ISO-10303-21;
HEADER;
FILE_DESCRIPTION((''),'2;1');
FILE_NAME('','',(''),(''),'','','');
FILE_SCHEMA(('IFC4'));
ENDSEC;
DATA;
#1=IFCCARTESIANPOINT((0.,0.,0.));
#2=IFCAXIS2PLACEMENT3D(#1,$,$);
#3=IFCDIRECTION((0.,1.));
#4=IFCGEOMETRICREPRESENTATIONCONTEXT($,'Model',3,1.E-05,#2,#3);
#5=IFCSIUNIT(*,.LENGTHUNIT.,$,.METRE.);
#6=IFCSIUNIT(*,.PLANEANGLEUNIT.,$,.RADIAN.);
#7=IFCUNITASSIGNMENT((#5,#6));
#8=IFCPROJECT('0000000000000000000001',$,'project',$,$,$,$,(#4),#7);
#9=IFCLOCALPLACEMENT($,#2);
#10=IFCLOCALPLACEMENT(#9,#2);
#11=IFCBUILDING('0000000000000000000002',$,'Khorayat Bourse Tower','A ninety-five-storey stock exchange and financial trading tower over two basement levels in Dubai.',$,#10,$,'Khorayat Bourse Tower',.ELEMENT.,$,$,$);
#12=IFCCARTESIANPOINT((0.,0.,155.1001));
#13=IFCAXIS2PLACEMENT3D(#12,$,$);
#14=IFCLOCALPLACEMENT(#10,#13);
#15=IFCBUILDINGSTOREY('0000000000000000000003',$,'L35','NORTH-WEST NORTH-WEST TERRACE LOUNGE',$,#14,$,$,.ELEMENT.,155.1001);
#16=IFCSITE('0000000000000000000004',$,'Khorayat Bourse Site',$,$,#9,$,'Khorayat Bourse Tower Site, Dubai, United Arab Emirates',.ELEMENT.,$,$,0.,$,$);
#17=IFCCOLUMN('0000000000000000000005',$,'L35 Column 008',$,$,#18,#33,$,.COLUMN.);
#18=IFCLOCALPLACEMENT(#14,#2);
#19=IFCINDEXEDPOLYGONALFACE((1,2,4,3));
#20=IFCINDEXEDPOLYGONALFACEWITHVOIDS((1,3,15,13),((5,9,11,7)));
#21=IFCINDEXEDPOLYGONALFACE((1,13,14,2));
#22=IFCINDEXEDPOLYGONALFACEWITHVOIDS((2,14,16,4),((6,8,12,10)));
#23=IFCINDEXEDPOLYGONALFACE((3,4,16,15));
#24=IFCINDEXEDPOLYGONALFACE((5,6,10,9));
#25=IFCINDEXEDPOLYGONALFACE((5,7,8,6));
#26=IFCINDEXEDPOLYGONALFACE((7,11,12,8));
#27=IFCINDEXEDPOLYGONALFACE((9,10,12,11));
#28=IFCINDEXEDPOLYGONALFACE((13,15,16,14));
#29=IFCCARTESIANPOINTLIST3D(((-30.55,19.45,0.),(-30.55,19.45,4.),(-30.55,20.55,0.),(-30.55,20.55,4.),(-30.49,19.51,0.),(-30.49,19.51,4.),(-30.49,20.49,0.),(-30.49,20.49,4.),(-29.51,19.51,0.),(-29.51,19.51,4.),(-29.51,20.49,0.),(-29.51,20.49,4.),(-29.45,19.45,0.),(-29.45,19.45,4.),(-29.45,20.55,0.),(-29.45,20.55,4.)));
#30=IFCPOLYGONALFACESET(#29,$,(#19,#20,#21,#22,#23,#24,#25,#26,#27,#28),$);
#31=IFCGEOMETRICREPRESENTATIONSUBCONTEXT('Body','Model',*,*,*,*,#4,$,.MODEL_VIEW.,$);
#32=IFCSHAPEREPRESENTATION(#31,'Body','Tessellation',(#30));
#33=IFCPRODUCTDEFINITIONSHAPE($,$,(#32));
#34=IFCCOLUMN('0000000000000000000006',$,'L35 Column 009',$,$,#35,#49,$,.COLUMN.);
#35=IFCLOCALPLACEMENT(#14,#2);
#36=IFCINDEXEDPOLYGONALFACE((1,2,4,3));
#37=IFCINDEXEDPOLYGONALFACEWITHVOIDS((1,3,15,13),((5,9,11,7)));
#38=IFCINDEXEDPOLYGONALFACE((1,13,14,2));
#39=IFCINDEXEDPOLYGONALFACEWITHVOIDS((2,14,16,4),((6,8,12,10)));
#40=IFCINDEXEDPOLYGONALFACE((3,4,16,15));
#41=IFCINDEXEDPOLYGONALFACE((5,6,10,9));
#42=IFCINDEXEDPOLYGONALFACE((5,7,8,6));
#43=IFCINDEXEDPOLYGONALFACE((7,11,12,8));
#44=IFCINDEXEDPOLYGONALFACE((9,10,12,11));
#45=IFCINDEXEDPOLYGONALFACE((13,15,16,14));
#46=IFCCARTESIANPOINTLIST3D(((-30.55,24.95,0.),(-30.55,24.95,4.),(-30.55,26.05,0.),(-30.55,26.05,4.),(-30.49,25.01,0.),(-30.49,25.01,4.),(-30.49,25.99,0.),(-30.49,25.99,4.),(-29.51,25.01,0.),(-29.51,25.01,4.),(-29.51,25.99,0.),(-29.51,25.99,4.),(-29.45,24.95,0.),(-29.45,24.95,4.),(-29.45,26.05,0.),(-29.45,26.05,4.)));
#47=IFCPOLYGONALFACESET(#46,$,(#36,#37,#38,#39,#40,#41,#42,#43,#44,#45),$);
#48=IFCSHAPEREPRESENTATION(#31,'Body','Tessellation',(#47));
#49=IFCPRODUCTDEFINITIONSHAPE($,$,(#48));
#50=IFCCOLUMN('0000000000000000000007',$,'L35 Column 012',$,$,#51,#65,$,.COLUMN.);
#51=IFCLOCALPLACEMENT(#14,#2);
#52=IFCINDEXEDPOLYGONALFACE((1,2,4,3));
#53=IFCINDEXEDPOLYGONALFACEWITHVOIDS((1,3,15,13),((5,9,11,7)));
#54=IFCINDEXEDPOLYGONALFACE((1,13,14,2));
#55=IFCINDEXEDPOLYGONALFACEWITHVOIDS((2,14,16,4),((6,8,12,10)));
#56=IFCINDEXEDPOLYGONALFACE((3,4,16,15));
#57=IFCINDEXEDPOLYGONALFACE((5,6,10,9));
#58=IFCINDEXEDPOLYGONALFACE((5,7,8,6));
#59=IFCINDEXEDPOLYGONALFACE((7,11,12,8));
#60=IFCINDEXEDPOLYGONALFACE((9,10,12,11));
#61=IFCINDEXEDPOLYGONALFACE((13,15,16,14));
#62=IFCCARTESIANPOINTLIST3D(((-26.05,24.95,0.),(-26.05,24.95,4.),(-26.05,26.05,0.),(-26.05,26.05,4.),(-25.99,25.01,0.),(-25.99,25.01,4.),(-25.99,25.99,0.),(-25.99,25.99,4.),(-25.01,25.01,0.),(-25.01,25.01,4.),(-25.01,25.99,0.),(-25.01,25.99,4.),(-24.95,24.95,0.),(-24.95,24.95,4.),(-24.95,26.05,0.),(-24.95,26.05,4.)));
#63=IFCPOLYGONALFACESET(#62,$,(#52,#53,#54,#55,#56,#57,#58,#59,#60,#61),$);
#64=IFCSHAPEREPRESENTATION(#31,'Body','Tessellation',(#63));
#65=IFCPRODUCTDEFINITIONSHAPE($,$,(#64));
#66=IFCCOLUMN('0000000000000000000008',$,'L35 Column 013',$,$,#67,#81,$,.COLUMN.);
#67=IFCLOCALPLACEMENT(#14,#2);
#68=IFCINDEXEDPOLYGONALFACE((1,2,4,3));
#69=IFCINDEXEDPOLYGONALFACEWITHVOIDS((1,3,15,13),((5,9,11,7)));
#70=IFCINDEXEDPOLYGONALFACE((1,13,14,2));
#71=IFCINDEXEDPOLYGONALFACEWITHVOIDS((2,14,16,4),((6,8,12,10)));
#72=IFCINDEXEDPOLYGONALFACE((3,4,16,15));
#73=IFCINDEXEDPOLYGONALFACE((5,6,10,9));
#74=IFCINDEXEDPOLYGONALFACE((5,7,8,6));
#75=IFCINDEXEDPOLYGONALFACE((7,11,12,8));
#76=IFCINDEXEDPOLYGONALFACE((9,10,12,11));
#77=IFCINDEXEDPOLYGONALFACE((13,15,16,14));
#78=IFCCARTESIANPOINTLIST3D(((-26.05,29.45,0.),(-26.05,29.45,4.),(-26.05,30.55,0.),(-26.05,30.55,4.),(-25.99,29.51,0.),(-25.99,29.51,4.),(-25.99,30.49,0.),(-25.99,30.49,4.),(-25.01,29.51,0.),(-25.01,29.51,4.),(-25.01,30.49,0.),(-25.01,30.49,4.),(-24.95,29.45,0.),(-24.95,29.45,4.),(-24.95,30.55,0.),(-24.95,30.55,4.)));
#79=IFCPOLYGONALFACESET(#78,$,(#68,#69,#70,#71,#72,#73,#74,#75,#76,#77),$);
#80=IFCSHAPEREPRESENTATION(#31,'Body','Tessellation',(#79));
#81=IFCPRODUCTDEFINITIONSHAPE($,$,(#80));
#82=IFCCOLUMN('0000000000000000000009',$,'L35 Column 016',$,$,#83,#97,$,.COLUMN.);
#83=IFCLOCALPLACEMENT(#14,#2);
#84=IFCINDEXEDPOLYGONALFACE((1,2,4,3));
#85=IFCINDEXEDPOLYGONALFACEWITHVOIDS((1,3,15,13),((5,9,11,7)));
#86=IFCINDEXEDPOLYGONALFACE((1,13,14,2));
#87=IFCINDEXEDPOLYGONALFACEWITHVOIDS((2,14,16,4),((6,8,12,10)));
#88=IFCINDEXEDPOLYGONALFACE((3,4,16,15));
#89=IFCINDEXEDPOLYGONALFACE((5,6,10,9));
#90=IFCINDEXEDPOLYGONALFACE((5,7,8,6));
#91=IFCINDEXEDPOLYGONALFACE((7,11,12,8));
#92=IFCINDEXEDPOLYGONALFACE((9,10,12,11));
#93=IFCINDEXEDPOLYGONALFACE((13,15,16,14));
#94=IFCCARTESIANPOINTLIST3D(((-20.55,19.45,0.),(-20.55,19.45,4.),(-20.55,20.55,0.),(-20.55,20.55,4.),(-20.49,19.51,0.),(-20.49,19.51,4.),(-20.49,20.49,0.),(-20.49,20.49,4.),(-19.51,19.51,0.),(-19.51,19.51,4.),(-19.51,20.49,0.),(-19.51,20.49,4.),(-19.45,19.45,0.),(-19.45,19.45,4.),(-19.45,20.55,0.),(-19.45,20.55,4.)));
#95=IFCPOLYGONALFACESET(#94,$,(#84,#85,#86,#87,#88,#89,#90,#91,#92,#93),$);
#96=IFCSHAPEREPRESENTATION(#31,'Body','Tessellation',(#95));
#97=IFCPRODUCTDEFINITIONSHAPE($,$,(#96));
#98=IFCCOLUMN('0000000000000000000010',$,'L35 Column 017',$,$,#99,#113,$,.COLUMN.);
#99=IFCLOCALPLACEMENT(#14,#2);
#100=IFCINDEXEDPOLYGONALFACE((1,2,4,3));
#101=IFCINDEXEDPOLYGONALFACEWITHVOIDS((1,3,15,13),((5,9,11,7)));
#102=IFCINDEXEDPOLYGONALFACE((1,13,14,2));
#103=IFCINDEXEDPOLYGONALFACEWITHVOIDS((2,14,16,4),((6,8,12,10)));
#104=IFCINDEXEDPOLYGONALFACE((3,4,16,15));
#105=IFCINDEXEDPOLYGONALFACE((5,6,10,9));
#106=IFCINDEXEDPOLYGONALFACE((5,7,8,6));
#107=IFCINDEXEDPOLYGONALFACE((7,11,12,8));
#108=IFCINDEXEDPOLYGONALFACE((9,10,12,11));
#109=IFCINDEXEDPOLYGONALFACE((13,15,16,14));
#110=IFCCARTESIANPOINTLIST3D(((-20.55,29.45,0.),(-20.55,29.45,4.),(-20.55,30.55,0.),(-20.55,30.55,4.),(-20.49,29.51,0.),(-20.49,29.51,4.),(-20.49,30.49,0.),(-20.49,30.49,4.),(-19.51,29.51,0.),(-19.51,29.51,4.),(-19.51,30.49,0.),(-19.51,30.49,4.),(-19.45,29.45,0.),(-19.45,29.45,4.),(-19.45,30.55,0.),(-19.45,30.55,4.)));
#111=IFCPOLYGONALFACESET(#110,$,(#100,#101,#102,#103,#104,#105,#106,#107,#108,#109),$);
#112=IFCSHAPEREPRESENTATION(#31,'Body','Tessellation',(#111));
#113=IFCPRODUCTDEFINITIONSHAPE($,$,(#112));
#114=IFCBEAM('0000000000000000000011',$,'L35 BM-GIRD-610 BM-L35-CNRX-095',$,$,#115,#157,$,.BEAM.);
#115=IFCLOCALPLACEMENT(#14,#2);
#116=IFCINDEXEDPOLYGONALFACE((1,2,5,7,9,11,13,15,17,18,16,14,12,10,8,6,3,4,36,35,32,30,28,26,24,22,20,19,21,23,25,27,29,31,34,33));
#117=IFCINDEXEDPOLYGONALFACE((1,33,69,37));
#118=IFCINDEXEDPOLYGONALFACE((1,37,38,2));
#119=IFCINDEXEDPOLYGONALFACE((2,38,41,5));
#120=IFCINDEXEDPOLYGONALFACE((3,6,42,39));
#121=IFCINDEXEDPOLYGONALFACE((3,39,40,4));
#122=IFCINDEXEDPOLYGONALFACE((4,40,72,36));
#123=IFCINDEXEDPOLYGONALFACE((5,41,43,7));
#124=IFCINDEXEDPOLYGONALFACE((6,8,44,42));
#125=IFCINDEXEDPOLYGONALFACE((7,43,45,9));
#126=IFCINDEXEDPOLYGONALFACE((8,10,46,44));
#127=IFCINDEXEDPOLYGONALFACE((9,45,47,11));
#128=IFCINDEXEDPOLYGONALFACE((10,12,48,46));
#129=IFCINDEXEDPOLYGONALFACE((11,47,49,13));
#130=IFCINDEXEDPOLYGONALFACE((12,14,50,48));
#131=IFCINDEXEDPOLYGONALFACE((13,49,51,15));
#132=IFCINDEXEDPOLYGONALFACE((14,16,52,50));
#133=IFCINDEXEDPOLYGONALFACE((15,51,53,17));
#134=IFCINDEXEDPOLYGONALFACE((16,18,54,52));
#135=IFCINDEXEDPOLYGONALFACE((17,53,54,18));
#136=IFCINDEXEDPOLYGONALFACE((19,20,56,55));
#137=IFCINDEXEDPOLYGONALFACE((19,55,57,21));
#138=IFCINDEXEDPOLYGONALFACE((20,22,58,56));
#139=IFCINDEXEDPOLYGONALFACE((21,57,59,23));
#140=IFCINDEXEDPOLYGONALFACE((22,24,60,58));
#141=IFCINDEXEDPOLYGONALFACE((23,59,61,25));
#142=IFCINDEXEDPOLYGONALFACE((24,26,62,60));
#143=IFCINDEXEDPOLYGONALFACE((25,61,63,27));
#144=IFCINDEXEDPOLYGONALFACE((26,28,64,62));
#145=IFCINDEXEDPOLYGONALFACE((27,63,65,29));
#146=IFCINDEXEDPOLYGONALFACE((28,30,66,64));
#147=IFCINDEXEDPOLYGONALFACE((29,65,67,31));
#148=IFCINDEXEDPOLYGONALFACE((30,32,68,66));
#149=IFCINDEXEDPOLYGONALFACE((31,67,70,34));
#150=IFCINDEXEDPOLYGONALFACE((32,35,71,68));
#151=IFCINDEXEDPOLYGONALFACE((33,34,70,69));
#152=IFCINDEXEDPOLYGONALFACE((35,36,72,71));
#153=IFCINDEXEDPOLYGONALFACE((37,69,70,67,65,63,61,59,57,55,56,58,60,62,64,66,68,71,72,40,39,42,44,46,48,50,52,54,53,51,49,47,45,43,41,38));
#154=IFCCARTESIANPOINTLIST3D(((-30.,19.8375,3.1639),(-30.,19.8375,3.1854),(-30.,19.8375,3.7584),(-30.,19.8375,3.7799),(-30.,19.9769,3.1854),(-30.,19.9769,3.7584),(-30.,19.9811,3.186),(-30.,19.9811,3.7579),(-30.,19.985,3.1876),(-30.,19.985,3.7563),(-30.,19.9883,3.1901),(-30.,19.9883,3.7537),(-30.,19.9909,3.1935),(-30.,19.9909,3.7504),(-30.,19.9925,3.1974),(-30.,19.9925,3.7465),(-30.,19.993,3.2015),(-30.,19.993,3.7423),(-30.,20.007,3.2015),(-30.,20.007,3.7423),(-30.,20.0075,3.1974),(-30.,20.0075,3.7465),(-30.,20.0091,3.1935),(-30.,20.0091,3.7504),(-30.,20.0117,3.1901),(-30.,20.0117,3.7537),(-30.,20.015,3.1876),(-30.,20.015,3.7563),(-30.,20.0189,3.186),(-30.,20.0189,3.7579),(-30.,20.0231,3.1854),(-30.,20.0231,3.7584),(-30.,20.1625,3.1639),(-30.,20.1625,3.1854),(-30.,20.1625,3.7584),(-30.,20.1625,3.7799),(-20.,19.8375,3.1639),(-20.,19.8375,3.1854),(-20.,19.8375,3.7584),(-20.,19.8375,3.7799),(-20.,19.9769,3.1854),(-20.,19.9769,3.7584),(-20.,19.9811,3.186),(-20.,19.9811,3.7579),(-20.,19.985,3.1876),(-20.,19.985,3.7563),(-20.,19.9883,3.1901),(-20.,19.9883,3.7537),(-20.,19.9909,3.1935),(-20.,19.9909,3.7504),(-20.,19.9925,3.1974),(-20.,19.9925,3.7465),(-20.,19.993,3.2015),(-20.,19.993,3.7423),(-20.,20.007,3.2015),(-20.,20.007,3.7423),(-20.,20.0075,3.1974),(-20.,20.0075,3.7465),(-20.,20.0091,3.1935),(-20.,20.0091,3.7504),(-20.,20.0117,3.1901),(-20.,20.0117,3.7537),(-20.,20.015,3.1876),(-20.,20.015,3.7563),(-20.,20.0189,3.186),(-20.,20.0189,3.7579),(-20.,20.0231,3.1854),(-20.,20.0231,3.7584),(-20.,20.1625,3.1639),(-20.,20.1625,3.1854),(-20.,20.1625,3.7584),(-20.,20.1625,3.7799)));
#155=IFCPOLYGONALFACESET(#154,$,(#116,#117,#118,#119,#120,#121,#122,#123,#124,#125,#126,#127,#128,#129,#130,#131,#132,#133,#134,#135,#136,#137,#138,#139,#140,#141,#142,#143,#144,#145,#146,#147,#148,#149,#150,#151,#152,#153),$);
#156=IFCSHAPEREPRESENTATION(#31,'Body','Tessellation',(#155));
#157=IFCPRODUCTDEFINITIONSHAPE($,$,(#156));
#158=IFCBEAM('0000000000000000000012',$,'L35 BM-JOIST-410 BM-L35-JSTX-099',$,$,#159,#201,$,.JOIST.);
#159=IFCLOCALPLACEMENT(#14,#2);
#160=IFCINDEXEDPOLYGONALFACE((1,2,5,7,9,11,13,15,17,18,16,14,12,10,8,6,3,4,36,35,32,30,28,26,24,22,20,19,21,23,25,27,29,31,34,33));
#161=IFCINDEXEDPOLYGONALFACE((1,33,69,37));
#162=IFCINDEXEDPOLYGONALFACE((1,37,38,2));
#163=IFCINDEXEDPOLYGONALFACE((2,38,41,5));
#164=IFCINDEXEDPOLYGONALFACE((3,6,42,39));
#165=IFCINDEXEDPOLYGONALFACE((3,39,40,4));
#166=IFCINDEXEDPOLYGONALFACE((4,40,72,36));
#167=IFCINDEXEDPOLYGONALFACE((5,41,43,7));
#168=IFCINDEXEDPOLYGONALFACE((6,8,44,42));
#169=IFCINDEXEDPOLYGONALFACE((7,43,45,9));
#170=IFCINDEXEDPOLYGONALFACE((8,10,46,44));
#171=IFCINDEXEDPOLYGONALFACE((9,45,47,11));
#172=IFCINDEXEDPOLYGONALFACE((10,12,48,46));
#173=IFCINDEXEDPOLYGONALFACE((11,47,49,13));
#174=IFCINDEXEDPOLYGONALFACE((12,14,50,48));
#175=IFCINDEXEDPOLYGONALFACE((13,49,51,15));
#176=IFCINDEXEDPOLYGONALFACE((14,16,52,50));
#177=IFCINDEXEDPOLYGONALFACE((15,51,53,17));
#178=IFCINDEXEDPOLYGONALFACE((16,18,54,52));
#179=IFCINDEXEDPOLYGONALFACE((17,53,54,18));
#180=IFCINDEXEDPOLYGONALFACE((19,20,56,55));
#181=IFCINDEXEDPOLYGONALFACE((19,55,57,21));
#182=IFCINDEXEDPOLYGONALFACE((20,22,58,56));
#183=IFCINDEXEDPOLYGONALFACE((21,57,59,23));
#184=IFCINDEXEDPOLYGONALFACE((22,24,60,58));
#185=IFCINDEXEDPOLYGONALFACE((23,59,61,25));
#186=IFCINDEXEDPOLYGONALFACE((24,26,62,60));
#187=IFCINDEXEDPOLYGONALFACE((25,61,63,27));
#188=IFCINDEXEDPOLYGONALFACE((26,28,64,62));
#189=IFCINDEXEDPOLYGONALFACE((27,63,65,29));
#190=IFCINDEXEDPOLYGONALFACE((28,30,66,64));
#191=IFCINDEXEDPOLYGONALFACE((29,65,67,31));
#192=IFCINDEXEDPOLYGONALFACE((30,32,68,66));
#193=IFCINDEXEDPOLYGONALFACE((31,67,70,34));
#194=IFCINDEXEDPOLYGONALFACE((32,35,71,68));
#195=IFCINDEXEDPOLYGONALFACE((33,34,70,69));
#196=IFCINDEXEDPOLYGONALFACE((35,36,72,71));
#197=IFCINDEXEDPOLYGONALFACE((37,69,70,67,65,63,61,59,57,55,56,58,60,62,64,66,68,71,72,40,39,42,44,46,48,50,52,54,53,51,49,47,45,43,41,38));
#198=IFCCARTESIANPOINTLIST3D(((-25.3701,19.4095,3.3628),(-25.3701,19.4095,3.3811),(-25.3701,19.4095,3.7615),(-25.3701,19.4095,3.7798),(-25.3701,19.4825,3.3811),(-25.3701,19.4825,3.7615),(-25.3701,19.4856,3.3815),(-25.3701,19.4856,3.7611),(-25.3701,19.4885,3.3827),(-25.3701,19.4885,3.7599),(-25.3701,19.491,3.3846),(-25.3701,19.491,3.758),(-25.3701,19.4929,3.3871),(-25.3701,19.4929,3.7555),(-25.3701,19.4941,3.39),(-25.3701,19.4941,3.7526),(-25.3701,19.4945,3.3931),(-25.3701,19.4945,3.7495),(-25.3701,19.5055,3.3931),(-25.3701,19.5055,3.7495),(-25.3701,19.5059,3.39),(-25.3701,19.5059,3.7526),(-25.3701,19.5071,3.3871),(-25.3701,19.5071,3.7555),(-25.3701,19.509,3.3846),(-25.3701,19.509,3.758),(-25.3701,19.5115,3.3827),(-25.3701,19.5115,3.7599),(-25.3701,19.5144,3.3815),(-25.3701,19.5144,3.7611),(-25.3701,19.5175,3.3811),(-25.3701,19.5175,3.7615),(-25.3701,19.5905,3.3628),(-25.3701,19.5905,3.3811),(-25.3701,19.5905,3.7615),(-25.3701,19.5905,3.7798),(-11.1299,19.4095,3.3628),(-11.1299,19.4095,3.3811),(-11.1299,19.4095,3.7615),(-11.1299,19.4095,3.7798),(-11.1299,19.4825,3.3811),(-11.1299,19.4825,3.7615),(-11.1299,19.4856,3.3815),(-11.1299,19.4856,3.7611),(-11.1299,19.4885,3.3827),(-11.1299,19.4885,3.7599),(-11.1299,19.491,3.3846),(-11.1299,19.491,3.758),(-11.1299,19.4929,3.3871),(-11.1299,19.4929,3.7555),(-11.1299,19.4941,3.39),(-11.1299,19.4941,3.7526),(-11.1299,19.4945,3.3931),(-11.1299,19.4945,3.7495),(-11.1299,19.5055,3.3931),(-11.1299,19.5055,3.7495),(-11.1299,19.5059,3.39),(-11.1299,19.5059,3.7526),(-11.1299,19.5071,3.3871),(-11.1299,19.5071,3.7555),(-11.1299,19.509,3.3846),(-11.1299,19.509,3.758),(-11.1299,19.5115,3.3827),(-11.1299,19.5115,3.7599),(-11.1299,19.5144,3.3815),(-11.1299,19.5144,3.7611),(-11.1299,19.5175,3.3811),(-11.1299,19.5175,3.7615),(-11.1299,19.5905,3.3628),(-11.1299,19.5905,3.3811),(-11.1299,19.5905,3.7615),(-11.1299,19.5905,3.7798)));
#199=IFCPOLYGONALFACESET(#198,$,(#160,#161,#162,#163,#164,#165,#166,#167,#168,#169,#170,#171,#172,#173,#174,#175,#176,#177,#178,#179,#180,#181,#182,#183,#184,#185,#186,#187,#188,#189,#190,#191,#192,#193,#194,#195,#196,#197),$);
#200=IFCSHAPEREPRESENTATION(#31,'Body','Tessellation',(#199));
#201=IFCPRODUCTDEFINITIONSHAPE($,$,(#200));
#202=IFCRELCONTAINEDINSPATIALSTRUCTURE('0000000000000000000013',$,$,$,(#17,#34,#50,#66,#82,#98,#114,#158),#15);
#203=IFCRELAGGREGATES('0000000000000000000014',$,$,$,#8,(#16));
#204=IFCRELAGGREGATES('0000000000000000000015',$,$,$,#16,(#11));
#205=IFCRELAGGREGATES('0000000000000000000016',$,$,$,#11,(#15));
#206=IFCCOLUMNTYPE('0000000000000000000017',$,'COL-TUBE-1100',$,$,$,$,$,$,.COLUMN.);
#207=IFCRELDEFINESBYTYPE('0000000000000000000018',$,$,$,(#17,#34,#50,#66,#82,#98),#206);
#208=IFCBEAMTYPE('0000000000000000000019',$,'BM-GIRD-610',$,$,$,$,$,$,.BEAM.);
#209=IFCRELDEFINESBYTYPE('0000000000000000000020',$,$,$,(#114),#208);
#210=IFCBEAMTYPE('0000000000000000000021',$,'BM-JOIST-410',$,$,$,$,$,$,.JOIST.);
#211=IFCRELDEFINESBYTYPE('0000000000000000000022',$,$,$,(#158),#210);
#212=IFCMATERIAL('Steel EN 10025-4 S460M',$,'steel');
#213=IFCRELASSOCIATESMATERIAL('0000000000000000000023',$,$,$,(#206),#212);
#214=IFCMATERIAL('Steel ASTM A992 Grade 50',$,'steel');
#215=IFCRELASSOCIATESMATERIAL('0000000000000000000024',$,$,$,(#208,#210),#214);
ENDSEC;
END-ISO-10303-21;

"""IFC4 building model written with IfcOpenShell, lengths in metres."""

from ifc_helpers import new_model, si_unit, direction, frame, origin, origin_2d, place, context, subcontext, project, spatial, hollow_rectangle, i_section, extrude, source, transform, mapped, material, material_profile, profile_set, type_object, element, save


model = new_model("IFC4")

# Units and contexts
model_context = context("Model", 3, precision=1e-05, world=origin(), true_north=direction((0.0, 1.0)))
body_context = subcontext(model_context, "Body", "Model", "MODEL_VIEW")
ifc_project = project(units=[si_unit("LENGTHUNIT", "METRE"), si_unit("PLANEANGLEUNIT", "RADIAN")], contexts=[model_context])

# Site, building, storey
site_placement = place(None, origin())
site = spatial("IfcSite", under=ifc_project, at=site_placement, Name="Khorayat Bourse Site", LongName="Khorayat Bourse Tower Site, Dubai, United Arab Emirates", CompositionType="ELEMENT", RefElevation=0.0)
building_placement = place(site_placement, origin())
building = spatial("IfcBuilding", under=site, at=building_placement, Name="Khorayat Bourse Tower", Description="A ninety-five-storey stock exchange and financial trading tower over two basement levels in Dubai.", LongName="Khorayat Bourse Tower", CompositionType="ELEMENT")
storey_placement = place(building_placement, frame((0.0, 0.0, 155.1001)))
storey = spatial("IfcBuildingStorey", under=building, at=storey_placement, Name="L35", Description="NORTH-WEST NORTH-WEST TERRACE LOUNGE", CompositionType="ELEMENT", Elevation=155.1001)

# Columns
ifc_material_1 = material(Name="Steel EN 10025-4 S460M", Category="steel")
ifc_material_profile_1 = material_profile(ifc_material_1, hollow_rectangle(XDim=1.1001, YDim=1.1001, WallThickness=0.0601, at=origin_2d()), Name="BOX 1100x1100x60")
ifc_profile_set_1 = profile_set([ifc_material_profile_1], Name="Steel EN 10025-4 S460M")
column_type = type_object("IfcColumnType", Name="COL-TUBE-1100", PredefinedType="COLUMN", material=ifc_profile_set_1)
shared_shape_1 = source(origin(), body_context, "Body", "SweptSolid", [
    extrude(hollow_rectangle(XDim=1.1001, YDim=1.1001, WallThickness=0.0601, at=origin_2d()), origin(), (0.0, 0.0, 1.0), 4.0),
])
for number, where, z_axis, x_axis, name in (
    (1, (-30.0, 20.0, 0.0), (0.0, 0.0, 1.0), (1.0, 0.0, 0.0), "L35 Column 008"),
    (2, (-30.0, 25.5, 0.0), (0.0, 0.0, 1.0), (1.0, 0.0, 0.0), "L35 Column 009"),
    (3, (-25.5, 25.5, 0.0), (0.0, 0.0, 1.0), (1.0, 0.0, 0.0), "L35 Column 012"),
    (4, (-25.5, 30.0, 0.0), (0.0, 0.0, 1.0), (1.0, 0.0, 0.0), "L35 Column 013"),
    (5, (-20.0, 20.0, 0.0), (0.0, 0.0, 1.0), (1.0, 0.0, 0.0), "L35 Column 016"),
    (6, (-20.0, 30.0, 0.0), (0.0, 0.0, 1.0), (1.0, 0.0, 0.0), "L35 Column 017"),
):
    element("IfcColumn", number, at=place(storey_placement, frame(where, z_axis=z_axis, x_axis=x_axis)), inside=storey, type_object=column_type, Name=name, PredefinedType="COLUMN", context=body_context, shape_type="MappedRepresentation", body=[
        mapped(shared_shape_1, transform((0.0, 0.0, 0.0), scale=1.0)),
    ])

# Beams
ifc_material_2 = material(Name="Steel ASTM A992 Grade 50", Category="steel")
ifc_material_profile_2 = material_profile(ifc_material_2, i_section(OverallWidth=0.325, OverallDepth=0.616, WebThickness=0.0139, FlangeThickness=0.0215, FilletRadius=0.0161, at=origin_2d()), Name="W610X174")
ifc_profile_set_2 = profile_set([ifc_material_profile_2], Name="Steel ASTM A992 Grade 50")
beam_type_1 = type_object("IfcBeamType", Name="BM-GIRD-610", PredefinedType="BEAM", material=ifc_profile_set_2)
shared_shape_2 = source(origin(), body_context, "Body", "SweptSolid", [
    extrude(i_section(OverallWidth=0.325, OverallDepth=0.616, WebThickness=0.0139, FlangeThickness=0.0215, FilletRadius=0.0161, at=origin_2d()), origin(), (0.0, 0.0, 1.0), 10.0),
])
beam_1_placement = place(storey_placement, frame((-30.0, 20.0, 3.4719), z_axis=(1.0, 0.0, 0.0), x_axis=(0.0, 1.0, 0.0)))
element("IfcBeam", 7, at=beam_1_placement, inside=storey, type_object=beam_type_1, Name="L35 BM-GIRD-610 BM-L35-CNRX-095", PredefinedType="BEAM", context=body_context, shape_type="MappedRepresentation", body=[
    mapped(shared_shape_2, transform((0.0, 0.0, 0.0), scale=1.0)),
])
ifc_material_profile_3 = material_profile(ifc_material_2, i_section(OverallWidth=0.1809, OverallDepth=0.417, WebThickness=0.011, FlangeThickness=0.0183, FilletRadius=0.012, at=origin_2d()), Name="W410X85")
ifc_profile_set_3 = profile_set([ifc_material_profile_3], Name="Steel ASTM A992 Grade 50")
beam_type_2 = type_object("IfcBeamType", Name="BM-JOIST-410", PredefinedType="JOIST", material=ifc_profile_set_3)
shared_shape_3 = source(origin(), body_context, "Body", "SweptSolid", [
    extrude(i_section(OverallWidth=0.1809, OverallDepth=0.417, WebThickness=0.011, FlangeThickness=0.0183, FilletRadius=0.012, at=origin_2d()), origin(), (0.0, 0.0, 1.0), 14.2402),
])
beam_2_placement = place(storey_placement, frame((-25.3701, 19.5, 3.5713), z_axis=(1.0, 0.0, 0.0), x_axis=(0.0, 1.0, 0.0)))
element("IfcBeam", 8, at=beam_2_placement, inside=storey, type_object=beam_type_2, Name="L35 BM-JOIST-410 BM-L35-JSTX-099", PredefinedType="JOIST", context=body_context, shape_type="MappedRepresentation", body=[
    mapped(shared_shape_3, transform((0.0, 0.0, 0.0), scale=1.0)),
])

save(model, "model.ifc")
